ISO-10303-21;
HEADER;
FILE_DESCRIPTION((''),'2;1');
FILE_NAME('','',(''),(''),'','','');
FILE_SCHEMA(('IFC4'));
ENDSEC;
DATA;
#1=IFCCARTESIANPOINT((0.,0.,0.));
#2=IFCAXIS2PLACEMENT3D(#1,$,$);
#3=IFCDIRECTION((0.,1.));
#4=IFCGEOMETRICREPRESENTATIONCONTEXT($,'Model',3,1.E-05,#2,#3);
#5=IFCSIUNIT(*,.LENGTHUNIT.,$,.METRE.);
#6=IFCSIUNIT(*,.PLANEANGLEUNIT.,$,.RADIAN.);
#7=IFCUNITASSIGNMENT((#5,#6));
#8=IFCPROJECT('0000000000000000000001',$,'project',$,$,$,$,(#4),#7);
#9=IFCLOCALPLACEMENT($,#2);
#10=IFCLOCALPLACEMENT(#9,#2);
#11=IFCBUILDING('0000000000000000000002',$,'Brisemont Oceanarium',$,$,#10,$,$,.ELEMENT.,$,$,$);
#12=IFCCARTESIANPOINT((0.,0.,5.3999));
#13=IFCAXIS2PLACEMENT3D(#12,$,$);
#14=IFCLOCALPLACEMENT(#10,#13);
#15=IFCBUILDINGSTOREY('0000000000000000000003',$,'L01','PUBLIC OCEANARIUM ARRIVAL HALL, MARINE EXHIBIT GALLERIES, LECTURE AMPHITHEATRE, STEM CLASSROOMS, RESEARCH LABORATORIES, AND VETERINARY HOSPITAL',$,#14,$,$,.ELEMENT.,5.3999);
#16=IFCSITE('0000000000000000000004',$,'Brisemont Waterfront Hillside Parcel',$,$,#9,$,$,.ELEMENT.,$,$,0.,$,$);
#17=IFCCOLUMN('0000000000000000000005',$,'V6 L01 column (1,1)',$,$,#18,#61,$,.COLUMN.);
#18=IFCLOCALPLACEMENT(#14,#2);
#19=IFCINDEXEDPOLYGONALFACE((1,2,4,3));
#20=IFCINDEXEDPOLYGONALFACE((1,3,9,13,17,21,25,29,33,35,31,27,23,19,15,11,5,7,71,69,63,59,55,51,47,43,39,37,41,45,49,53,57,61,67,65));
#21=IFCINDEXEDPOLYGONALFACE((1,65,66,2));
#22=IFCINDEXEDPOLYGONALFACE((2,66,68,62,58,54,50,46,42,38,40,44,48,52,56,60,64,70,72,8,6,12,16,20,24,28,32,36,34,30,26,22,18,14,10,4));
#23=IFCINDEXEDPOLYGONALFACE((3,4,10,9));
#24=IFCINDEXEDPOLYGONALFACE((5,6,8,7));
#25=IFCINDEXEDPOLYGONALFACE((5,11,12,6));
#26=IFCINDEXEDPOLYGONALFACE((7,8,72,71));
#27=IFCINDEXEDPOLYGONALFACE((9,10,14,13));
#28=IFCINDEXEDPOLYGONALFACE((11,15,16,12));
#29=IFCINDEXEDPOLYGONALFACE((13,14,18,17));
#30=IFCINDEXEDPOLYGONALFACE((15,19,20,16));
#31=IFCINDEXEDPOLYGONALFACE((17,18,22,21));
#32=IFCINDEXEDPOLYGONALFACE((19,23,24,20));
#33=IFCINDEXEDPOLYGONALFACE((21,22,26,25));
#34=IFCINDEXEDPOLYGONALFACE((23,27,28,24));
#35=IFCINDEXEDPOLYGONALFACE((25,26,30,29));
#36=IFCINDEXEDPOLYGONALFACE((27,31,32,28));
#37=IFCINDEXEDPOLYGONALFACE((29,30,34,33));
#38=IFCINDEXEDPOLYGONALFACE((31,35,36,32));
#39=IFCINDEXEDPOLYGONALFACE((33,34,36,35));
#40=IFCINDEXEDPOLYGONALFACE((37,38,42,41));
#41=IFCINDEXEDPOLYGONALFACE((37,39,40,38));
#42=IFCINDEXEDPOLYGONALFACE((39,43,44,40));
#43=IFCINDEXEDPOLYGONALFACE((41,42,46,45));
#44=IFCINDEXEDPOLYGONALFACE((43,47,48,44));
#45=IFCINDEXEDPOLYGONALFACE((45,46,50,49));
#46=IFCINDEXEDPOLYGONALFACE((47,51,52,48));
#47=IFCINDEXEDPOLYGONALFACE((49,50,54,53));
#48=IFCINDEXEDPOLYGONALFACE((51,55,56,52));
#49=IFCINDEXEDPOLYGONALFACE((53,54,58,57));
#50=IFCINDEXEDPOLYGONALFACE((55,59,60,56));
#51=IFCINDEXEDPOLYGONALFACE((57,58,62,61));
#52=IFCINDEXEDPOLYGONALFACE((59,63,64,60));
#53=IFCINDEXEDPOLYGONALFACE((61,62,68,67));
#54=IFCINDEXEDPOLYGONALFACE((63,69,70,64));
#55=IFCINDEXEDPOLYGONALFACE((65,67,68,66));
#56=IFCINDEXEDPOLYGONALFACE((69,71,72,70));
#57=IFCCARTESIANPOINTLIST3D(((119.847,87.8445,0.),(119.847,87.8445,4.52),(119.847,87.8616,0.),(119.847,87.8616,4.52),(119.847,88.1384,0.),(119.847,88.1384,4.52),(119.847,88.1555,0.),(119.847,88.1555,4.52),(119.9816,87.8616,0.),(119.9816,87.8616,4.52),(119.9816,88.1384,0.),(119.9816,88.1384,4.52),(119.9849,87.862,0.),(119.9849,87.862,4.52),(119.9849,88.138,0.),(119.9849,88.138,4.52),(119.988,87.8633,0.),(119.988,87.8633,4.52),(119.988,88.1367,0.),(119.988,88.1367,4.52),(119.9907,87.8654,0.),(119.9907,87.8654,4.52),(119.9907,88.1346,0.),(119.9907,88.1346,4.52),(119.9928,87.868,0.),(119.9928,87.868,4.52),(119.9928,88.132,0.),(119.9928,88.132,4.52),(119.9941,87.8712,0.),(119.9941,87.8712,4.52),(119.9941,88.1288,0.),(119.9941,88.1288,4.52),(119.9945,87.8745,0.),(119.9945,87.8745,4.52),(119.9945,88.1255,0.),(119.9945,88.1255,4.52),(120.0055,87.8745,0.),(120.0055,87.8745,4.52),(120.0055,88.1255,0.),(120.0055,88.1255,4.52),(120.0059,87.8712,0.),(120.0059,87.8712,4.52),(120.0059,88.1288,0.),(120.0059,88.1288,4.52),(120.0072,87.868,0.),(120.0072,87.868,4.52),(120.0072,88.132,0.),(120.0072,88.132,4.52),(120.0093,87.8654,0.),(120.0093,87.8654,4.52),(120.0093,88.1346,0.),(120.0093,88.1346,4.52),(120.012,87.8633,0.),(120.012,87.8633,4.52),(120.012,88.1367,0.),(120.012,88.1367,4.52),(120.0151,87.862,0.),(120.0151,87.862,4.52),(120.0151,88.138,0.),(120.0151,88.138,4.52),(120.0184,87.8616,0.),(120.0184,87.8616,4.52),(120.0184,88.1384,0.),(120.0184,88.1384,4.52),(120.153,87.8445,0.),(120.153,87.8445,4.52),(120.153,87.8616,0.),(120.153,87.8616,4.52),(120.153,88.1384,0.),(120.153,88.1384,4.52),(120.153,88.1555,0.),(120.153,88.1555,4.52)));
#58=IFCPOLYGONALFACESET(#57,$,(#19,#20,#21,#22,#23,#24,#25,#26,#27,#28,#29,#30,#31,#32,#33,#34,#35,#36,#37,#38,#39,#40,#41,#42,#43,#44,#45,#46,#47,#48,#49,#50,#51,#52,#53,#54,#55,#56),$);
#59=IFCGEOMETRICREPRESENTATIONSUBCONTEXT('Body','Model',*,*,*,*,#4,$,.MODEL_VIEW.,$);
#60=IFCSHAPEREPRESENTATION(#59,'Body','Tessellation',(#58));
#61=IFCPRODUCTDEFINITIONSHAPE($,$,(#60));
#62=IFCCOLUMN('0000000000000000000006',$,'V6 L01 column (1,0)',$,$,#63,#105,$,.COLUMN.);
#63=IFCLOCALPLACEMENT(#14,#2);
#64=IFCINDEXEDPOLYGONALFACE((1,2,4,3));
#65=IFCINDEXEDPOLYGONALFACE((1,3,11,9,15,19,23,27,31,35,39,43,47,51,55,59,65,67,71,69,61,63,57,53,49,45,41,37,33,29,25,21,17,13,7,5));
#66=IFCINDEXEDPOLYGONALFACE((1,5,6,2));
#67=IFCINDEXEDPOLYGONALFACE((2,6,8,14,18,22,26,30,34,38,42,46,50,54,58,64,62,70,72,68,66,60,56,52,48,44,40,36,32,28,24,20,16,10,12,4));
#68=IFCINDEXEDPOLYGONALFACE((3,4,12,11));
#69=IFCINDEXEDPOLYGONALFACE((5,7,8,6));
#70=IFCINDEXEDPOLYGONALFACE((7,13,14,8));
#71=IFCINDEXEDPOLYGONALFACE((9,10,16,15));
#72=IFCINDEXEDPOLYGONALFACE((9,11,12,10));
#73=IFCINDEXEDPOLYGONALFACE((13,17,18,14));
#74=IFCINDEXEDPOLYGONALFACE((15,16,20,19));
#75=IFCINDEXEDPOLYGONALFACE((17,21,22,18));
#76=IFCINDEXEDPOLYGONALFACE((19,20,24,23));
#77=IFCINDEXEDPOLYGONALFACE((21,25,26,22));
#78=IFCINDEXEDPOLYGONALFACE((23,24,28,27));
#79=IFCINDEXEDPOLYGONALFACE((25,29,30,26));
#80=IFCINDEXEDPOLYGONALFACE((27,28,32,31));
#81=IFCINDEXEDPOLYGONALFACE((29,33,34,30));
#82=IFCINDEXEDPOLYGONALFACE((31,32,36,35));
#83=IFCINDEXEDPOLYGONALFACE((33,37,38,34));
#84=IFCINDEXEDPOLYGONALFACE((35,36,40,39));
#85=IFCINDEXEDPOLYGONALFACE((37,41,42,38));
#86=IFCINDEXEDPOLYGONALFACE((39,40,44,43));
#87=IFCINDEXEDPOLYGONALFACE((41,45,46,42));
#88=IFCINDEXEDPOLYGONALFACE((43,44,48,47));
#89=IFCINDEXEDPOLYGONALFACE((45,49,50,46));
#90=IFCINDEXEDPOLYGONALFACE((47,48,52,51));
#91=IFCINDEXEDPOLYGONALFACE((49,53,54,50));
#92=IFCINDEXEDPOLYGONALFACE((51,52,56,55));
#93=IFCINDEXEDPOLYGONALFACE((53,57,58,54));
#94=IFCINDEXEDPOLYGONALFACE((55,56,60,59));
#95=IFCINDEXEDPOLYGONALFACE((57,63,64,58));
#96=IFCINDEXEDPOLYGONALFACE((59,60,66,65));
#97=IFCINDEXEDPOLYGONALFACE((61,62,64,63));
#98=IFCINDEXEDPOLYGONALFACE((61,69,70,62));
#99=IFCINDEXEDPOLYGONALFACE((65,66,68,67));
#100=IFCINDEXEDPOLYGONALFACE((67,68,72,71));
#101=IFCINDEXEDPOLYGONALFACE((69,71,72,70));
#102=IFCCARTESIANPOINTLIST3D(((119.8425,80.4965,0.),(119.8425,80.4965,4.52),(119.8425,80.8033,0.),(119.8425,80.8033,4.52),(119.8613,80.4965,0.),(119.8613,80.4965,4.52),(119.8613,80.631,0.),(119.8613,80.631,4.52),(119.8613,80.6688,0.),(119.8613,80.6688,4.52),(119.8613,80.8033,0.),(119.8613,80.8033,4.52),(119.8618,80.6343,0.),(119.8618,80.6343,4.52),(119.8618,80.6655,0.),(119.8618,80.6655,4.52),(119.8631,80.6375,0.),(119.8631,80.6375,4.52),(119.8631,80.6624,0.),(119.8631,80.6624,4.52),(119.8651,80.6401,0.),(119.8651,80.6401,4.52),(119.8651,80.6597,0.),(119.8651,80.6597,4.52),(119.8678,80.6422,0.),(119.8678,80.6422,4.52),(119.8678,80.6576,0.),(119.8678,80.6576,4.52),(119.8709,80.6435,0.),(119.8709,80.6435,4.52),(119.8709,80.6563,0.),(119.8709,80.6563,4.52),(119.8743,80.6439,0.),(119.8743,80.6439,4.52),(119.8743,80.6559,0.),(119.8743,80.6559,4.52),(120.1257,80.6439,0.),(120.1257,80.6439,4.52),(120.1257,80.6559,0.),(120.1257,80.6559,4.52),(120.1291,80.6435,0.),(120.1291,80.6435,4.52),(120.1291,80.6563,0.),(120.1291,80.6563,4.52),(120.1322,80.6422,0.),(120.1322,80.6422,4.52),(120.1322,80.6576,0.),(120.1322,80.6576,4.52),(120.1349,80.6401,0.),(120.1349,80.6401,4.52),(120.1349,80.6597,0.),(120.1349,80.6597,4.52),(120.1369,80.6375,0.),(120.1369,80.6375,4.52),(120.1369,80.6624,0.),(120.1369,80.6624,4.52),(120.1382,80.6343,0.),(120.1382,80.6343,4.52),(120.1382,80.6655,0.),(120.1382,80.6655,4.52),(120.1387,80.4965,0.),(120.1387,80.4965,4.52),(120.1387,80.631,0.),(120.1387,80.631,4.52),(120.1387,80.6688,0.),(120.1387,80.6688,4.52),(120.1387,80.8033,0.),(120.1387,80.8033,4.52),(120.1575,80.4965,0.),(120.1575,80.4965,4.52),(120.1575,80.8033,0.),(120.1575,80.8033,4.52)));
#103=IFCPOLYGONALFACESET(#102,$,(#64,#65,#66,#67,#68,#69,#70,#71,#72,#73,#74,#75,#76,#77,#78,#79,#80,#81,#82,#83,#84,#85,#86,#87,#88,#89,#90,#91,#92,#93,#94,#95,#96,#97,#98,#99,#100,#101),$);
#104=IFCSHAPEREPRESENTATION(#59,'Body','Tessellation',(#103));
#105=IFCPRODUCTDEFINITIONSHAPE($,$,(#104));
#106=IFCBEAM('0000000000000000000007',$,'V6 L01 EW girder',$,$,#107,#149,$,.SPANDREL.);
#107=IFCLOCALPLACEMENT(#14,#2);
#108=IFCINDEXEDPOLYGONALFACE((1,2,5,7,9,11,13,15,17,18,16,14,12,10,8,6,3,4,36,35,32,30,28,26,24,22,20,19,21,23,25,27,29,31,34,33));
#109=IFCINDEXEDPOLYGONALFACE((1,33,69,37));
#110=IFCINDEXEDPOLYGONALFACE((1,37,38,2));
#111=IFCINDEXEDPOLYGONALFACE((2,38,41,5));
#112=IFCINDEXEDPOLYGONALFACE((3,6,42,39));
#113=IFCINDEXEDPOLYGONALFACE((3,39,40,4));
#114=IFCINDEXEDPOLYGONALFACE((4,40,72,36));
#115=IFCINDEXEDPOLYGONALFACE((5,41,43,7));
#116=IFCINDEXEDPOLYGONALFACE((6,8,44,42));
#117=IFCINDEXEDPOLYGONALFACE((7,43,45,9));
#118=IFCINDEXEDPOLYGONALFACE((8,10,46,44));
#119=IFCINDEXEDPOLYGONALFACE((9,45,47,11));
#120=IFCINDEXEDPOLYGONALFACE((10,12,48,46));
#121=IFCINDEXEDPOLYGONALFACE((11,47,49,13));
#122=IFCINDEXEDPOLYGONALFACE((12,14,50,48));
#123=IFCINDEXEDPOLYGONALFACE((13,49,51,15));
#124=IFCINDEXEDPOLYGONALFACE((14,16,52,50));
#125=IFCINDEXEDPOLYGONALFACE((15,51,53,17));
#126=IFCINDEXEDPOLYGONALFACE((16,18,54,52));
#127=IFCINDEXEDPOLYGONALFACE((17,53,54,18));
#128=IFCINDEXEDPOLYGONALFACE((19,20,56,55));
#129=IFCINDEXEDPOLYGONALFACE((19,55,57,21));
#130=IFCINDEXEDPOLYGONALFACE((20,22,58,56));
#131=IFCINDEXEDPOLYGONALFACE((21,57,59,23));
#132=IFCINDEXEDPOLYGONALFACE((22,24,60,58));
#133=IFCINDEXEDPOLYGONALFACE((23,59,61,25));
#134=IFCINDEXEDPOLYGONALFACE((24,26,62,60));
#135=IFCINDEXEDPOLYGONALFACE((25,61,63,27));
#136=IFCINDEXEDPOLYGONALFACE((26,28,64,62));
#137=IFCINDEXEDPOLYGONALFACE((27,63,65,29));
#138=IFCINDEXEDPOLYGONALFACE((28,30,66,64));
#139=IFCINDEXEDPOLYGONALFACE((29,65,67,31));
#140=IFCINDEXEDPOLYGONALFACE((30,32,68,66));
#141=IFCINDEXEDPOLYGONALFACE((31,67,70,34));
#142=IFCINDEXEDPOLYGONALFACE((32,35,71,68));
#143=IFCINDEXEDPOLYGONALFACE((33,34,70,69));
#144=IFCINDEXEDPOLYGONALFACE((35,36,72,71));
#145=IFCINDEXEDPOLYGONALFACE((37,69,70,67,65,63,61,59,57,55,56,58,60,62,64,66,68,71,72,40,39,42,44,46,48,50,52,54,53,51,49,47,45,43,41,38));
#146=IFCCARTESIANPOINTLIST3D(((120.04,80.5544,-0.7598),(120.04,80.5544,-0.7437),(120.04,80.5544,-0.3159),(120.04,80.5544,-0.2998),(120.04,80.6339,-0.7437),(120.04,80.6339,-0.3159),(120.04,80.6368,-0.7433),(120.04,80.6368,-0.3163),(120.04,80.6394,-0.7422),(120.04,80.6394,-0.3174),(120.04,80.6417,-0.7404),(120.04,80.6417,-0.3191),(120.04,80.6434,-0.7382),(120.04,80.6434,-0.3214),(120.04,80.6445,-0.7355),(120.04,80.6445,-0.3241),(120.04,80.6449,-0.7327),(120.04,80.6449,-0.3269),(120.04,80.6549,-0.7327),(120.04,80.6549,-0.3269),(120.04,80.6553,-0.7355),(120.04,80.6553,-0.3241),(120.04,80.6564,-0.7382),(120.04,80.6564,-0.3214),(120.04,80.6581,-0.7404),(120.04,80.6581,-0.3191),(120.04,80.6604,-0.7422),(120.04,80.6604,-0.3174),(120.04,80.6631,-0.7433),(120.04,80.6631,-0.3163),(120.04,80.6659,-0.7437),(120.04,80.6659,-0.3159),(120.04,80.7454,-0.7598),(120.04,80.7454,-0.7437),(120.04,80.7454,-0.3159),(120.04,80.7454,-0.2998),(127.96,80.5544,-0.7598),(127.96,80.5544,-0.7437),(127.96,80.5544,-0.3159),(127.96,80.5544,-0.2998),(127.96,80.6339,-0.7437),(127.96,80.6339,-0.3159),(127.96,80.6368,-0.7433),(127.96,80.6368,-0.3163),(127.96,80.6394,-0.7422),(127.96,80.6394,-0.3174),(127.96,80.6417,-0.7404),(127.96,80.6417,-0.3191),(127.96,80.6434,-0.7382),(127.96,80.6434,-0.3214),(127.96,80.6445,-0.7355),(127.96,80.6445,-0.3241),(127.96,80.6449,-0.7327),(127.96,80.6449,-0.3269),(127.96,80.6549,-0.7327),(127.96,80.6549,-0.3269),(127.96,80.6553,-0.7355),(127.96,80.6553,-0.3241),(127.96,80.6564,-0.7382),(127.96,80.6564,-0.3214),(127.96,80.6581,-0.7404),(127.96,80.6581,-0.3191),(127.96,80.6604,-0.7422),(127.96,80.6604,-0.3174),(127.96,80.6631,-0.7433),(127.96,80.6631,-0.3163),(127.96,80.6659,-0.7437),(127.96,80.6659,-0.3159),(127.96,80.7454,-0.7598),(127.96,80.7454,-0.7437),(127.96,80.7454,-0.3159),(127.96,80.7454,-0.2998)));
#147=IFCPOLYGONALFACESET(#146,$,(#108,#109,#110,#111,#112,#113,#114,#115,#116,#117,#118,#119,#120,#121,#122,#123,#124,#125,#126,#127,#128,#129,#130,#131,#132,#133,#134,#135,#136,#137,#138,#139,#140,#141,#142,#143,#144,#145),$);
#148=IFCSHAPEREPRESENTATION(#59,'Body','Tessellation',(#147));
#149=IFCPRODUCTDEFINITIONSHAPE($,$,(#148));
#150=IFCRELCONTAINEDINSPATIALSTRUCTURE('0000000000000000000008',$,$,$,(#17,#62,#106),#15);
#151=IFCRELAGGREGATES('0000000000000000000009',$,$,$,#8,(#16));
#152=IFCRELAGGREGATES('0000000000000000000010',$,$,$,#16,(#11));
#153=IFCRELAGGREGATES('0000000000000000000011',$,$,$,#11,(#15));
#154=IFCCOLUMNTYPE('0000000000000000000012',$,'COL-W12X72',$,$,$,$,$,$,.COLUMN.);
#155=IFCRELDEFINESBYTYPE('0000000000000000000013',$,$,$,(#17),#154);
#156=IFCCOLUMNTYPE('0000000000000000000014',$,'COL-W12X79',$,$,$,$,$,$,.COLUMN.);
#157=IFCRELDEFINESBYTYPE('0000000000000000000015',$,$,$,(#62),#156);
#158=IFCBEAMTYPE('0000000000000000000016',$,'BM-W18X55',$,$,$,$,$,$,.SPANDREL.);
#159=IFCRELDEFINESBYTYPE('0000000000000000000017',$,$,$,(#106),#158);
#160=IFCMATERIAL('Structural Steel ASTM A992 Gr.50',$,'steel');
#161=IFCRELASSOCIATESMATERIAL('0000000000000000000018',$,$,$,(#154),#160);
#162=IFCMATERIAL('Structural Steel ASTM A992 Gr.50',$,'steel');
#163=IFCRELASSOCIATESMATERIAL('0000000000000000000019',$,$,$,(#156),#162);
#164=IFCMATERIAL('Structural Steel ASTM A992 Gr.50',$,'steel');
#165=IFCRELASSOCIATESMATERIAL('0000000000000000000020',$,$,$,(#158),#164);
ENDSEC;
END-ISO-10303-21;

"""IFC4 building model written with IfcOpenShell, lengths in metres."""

from ifc_helpers import new_model, si_unit, direction, frame, origin, origin_2d, place, context, subcontext, project, spatial, i_section, extrude, material, material_profile, profile_set, type_object, element, save


model = new_model("IFC4")

# Units and contexts
model_context = context("Model", 3, precision=1e-05, world=origin(), true_north=direction((0.0, 1.0)))
body_context = subcontext(model_context, "Body", "Model", "MODEL_VIEW")
ifc_project = project(units=[si_unit("LENGTHUNIT", "METRE"), si_unit("PLANEANGLEUNIT", "RADIAN")], contexts=[model_context])

# Site, building, storey
site_placement = place(None, origin())
site = spatial("IfcSite", under=ifc_project, at=site_placement, Name="Brisemont Waterfront Hillside Parcel", CompositionType="ELEMENT", RefElevation=0.0)
building_placement = place(site_placement, origin())
building = spatial("IfcBuilding", under=site, at=building_placement, Name="Brisemont Oceanarium", CompositionType="ELEMENT")
storey_placement = place(building_placement, frame((0.0, 0.0, 5.3999)))
storey = spatial("IfcBuildingStorey", under=building, at=storey_placement, Name="L01", Description="PUBLIC OCEANARIUM ARRIVAL HALL, MARINE EXHIBIT GALLERIES, LECTURE AMPHITHEATRE, STEM CLASSROOMS, RESEARCH LABORATORIES, AND VETERINARY HOSPITAL", CompositionType="ELEMENT", Elevation=5.3999)

# Columns
ifc_material_1 = material(Name="Structural Steel ASTM A992 Gr.50", Category="steel")
ifc_material_profile_1 = material_profile(ifc_material_1, i_section(OverallWidth=0.3059, OverallDepth=0.311, WebThickness=0.011, FlangeThickness=0.0171, FilletRadius=0.0129, at=origin_2d()), Name="W12X72")
ifc_profile_set_1 = profile_set([ifc_material_profile_1], Name="Structural Steel ASTM A992 Gr.50")
column_type_1 = type_object("IfcColumnType", Name="COL-W12X72", PredefinedType="COLUMN", material=ifc_profile_set_1)
column_1_placement = place(storey_placement, frame((120.0, 88.0, 0.0), z_axis=(0.0, 0.0, 1.0), x_axis=(1.0, 0.0, 0.0)))
element("IfcColumn", 1, at=column_1_placement, inside=storey, type_object=column_type_1, Name="V6 L01 column (1,1)", PredefinedType="COLUMN", context=body_context, shape_type="SweptSolid", body=[
    extrude(i_section(OverallWidth=0.3059, OverallDepth=0.311, WebThickness=0.011, FlangeThickness=0.0171, FilletRadius=0.0129, at=origin_2d()), origin(), (0.0, 0.0, 1.0), 4.52),
])
ifc_material_2 = material(Name="Structural Steel ASTM A992 Gr.50", Category="steel")
ifc_material_profile_2 = material_profile(ifc_material_2, i_section(OverallWidth=0.3069, OverallDepth=0.3149, WebThickness=0.012, FlangeThickness=0.0188, FilletRadius=0.0129, at=origin_2d()), Name="W12X79")
ifc_profile_set_2 = profile_set([ifc_material_profile_2], Name="Structural Steel ASTM A992 Gr.50")
column_type_2 = type_object("IfcColumnType", Name="COL-W12X79", PredefinedType="COLUMN", material=ifc_profile_set_2)
column_2_placement = place(storey_placement, frame((120.0, 80.6499, 0.0), z_axis=(0.0, 0.0, 1.0), x_axis=(0.0, 1.0, 0.0)))
element("IfcColumn", 2, at=column_2_placement, inside=storey, type_object=column_type_2, Name="V6 L01 column (1,0)", PredefinedType="COLUMN", context=body_context, shape_type="SweptSolid", body=[
    extrude(i_section(OverallWidth=0.3069, OverallDepth=0.3149, WebThickness=0.012, FlangeThickness=0.0188, FilletRadius=0.0129, at=origin_2d()), origin(), (0.0, 0.0, 1.0), 4.52),
])

# Beam
ifc_material_3 = material(Name="Structural Steel ASTM A992 Gr.50", Category="steel")
ifc_material_profile_3 = material_profile(ifc_material_3, i_section(OverallWidth=0.1909, OverallDepth=0.46, WebThickness=0.01, FlangeThickness=0.0161, FilletRadius=0.011, at=origin_2d()), Name="W18X55")
ifc_profile_set_3 = profile_set([ifc_material_profile_3], Name="Structural Steel ASTM A992 Gr.50")
beam_type_1 = type_object("IfcBeamType", Name="BM-W18X55", PredefinedType="SPANDREL", material=ifc_profile_set_3)
beam_1_placement = place(storey_placement, frame((120.04, 80.6499, -0.5298), z_axis=(1.0, 0.0, 0.0), x_axis=(0.0, 1.0, 0.0)))
element("IfcBeam", 3, at=beam_1_placement, inside=storey, type_object=beam_type_1, Name="V6 L01 EW girder", PredefinedType="SPANDREL", context=body_context, shape_type="SweptSolid", body=[
    extrude(i_section(OverallWidth=0.1909, OverallDepth=0.46, WebThickness=0.01, FlangeThickness=0.0161, FilletRadius=0.011, at=origin_2d()), origin(), (0.0, 0.0, 1.0), 7.9199),
])

save(model, "model.ifc")
